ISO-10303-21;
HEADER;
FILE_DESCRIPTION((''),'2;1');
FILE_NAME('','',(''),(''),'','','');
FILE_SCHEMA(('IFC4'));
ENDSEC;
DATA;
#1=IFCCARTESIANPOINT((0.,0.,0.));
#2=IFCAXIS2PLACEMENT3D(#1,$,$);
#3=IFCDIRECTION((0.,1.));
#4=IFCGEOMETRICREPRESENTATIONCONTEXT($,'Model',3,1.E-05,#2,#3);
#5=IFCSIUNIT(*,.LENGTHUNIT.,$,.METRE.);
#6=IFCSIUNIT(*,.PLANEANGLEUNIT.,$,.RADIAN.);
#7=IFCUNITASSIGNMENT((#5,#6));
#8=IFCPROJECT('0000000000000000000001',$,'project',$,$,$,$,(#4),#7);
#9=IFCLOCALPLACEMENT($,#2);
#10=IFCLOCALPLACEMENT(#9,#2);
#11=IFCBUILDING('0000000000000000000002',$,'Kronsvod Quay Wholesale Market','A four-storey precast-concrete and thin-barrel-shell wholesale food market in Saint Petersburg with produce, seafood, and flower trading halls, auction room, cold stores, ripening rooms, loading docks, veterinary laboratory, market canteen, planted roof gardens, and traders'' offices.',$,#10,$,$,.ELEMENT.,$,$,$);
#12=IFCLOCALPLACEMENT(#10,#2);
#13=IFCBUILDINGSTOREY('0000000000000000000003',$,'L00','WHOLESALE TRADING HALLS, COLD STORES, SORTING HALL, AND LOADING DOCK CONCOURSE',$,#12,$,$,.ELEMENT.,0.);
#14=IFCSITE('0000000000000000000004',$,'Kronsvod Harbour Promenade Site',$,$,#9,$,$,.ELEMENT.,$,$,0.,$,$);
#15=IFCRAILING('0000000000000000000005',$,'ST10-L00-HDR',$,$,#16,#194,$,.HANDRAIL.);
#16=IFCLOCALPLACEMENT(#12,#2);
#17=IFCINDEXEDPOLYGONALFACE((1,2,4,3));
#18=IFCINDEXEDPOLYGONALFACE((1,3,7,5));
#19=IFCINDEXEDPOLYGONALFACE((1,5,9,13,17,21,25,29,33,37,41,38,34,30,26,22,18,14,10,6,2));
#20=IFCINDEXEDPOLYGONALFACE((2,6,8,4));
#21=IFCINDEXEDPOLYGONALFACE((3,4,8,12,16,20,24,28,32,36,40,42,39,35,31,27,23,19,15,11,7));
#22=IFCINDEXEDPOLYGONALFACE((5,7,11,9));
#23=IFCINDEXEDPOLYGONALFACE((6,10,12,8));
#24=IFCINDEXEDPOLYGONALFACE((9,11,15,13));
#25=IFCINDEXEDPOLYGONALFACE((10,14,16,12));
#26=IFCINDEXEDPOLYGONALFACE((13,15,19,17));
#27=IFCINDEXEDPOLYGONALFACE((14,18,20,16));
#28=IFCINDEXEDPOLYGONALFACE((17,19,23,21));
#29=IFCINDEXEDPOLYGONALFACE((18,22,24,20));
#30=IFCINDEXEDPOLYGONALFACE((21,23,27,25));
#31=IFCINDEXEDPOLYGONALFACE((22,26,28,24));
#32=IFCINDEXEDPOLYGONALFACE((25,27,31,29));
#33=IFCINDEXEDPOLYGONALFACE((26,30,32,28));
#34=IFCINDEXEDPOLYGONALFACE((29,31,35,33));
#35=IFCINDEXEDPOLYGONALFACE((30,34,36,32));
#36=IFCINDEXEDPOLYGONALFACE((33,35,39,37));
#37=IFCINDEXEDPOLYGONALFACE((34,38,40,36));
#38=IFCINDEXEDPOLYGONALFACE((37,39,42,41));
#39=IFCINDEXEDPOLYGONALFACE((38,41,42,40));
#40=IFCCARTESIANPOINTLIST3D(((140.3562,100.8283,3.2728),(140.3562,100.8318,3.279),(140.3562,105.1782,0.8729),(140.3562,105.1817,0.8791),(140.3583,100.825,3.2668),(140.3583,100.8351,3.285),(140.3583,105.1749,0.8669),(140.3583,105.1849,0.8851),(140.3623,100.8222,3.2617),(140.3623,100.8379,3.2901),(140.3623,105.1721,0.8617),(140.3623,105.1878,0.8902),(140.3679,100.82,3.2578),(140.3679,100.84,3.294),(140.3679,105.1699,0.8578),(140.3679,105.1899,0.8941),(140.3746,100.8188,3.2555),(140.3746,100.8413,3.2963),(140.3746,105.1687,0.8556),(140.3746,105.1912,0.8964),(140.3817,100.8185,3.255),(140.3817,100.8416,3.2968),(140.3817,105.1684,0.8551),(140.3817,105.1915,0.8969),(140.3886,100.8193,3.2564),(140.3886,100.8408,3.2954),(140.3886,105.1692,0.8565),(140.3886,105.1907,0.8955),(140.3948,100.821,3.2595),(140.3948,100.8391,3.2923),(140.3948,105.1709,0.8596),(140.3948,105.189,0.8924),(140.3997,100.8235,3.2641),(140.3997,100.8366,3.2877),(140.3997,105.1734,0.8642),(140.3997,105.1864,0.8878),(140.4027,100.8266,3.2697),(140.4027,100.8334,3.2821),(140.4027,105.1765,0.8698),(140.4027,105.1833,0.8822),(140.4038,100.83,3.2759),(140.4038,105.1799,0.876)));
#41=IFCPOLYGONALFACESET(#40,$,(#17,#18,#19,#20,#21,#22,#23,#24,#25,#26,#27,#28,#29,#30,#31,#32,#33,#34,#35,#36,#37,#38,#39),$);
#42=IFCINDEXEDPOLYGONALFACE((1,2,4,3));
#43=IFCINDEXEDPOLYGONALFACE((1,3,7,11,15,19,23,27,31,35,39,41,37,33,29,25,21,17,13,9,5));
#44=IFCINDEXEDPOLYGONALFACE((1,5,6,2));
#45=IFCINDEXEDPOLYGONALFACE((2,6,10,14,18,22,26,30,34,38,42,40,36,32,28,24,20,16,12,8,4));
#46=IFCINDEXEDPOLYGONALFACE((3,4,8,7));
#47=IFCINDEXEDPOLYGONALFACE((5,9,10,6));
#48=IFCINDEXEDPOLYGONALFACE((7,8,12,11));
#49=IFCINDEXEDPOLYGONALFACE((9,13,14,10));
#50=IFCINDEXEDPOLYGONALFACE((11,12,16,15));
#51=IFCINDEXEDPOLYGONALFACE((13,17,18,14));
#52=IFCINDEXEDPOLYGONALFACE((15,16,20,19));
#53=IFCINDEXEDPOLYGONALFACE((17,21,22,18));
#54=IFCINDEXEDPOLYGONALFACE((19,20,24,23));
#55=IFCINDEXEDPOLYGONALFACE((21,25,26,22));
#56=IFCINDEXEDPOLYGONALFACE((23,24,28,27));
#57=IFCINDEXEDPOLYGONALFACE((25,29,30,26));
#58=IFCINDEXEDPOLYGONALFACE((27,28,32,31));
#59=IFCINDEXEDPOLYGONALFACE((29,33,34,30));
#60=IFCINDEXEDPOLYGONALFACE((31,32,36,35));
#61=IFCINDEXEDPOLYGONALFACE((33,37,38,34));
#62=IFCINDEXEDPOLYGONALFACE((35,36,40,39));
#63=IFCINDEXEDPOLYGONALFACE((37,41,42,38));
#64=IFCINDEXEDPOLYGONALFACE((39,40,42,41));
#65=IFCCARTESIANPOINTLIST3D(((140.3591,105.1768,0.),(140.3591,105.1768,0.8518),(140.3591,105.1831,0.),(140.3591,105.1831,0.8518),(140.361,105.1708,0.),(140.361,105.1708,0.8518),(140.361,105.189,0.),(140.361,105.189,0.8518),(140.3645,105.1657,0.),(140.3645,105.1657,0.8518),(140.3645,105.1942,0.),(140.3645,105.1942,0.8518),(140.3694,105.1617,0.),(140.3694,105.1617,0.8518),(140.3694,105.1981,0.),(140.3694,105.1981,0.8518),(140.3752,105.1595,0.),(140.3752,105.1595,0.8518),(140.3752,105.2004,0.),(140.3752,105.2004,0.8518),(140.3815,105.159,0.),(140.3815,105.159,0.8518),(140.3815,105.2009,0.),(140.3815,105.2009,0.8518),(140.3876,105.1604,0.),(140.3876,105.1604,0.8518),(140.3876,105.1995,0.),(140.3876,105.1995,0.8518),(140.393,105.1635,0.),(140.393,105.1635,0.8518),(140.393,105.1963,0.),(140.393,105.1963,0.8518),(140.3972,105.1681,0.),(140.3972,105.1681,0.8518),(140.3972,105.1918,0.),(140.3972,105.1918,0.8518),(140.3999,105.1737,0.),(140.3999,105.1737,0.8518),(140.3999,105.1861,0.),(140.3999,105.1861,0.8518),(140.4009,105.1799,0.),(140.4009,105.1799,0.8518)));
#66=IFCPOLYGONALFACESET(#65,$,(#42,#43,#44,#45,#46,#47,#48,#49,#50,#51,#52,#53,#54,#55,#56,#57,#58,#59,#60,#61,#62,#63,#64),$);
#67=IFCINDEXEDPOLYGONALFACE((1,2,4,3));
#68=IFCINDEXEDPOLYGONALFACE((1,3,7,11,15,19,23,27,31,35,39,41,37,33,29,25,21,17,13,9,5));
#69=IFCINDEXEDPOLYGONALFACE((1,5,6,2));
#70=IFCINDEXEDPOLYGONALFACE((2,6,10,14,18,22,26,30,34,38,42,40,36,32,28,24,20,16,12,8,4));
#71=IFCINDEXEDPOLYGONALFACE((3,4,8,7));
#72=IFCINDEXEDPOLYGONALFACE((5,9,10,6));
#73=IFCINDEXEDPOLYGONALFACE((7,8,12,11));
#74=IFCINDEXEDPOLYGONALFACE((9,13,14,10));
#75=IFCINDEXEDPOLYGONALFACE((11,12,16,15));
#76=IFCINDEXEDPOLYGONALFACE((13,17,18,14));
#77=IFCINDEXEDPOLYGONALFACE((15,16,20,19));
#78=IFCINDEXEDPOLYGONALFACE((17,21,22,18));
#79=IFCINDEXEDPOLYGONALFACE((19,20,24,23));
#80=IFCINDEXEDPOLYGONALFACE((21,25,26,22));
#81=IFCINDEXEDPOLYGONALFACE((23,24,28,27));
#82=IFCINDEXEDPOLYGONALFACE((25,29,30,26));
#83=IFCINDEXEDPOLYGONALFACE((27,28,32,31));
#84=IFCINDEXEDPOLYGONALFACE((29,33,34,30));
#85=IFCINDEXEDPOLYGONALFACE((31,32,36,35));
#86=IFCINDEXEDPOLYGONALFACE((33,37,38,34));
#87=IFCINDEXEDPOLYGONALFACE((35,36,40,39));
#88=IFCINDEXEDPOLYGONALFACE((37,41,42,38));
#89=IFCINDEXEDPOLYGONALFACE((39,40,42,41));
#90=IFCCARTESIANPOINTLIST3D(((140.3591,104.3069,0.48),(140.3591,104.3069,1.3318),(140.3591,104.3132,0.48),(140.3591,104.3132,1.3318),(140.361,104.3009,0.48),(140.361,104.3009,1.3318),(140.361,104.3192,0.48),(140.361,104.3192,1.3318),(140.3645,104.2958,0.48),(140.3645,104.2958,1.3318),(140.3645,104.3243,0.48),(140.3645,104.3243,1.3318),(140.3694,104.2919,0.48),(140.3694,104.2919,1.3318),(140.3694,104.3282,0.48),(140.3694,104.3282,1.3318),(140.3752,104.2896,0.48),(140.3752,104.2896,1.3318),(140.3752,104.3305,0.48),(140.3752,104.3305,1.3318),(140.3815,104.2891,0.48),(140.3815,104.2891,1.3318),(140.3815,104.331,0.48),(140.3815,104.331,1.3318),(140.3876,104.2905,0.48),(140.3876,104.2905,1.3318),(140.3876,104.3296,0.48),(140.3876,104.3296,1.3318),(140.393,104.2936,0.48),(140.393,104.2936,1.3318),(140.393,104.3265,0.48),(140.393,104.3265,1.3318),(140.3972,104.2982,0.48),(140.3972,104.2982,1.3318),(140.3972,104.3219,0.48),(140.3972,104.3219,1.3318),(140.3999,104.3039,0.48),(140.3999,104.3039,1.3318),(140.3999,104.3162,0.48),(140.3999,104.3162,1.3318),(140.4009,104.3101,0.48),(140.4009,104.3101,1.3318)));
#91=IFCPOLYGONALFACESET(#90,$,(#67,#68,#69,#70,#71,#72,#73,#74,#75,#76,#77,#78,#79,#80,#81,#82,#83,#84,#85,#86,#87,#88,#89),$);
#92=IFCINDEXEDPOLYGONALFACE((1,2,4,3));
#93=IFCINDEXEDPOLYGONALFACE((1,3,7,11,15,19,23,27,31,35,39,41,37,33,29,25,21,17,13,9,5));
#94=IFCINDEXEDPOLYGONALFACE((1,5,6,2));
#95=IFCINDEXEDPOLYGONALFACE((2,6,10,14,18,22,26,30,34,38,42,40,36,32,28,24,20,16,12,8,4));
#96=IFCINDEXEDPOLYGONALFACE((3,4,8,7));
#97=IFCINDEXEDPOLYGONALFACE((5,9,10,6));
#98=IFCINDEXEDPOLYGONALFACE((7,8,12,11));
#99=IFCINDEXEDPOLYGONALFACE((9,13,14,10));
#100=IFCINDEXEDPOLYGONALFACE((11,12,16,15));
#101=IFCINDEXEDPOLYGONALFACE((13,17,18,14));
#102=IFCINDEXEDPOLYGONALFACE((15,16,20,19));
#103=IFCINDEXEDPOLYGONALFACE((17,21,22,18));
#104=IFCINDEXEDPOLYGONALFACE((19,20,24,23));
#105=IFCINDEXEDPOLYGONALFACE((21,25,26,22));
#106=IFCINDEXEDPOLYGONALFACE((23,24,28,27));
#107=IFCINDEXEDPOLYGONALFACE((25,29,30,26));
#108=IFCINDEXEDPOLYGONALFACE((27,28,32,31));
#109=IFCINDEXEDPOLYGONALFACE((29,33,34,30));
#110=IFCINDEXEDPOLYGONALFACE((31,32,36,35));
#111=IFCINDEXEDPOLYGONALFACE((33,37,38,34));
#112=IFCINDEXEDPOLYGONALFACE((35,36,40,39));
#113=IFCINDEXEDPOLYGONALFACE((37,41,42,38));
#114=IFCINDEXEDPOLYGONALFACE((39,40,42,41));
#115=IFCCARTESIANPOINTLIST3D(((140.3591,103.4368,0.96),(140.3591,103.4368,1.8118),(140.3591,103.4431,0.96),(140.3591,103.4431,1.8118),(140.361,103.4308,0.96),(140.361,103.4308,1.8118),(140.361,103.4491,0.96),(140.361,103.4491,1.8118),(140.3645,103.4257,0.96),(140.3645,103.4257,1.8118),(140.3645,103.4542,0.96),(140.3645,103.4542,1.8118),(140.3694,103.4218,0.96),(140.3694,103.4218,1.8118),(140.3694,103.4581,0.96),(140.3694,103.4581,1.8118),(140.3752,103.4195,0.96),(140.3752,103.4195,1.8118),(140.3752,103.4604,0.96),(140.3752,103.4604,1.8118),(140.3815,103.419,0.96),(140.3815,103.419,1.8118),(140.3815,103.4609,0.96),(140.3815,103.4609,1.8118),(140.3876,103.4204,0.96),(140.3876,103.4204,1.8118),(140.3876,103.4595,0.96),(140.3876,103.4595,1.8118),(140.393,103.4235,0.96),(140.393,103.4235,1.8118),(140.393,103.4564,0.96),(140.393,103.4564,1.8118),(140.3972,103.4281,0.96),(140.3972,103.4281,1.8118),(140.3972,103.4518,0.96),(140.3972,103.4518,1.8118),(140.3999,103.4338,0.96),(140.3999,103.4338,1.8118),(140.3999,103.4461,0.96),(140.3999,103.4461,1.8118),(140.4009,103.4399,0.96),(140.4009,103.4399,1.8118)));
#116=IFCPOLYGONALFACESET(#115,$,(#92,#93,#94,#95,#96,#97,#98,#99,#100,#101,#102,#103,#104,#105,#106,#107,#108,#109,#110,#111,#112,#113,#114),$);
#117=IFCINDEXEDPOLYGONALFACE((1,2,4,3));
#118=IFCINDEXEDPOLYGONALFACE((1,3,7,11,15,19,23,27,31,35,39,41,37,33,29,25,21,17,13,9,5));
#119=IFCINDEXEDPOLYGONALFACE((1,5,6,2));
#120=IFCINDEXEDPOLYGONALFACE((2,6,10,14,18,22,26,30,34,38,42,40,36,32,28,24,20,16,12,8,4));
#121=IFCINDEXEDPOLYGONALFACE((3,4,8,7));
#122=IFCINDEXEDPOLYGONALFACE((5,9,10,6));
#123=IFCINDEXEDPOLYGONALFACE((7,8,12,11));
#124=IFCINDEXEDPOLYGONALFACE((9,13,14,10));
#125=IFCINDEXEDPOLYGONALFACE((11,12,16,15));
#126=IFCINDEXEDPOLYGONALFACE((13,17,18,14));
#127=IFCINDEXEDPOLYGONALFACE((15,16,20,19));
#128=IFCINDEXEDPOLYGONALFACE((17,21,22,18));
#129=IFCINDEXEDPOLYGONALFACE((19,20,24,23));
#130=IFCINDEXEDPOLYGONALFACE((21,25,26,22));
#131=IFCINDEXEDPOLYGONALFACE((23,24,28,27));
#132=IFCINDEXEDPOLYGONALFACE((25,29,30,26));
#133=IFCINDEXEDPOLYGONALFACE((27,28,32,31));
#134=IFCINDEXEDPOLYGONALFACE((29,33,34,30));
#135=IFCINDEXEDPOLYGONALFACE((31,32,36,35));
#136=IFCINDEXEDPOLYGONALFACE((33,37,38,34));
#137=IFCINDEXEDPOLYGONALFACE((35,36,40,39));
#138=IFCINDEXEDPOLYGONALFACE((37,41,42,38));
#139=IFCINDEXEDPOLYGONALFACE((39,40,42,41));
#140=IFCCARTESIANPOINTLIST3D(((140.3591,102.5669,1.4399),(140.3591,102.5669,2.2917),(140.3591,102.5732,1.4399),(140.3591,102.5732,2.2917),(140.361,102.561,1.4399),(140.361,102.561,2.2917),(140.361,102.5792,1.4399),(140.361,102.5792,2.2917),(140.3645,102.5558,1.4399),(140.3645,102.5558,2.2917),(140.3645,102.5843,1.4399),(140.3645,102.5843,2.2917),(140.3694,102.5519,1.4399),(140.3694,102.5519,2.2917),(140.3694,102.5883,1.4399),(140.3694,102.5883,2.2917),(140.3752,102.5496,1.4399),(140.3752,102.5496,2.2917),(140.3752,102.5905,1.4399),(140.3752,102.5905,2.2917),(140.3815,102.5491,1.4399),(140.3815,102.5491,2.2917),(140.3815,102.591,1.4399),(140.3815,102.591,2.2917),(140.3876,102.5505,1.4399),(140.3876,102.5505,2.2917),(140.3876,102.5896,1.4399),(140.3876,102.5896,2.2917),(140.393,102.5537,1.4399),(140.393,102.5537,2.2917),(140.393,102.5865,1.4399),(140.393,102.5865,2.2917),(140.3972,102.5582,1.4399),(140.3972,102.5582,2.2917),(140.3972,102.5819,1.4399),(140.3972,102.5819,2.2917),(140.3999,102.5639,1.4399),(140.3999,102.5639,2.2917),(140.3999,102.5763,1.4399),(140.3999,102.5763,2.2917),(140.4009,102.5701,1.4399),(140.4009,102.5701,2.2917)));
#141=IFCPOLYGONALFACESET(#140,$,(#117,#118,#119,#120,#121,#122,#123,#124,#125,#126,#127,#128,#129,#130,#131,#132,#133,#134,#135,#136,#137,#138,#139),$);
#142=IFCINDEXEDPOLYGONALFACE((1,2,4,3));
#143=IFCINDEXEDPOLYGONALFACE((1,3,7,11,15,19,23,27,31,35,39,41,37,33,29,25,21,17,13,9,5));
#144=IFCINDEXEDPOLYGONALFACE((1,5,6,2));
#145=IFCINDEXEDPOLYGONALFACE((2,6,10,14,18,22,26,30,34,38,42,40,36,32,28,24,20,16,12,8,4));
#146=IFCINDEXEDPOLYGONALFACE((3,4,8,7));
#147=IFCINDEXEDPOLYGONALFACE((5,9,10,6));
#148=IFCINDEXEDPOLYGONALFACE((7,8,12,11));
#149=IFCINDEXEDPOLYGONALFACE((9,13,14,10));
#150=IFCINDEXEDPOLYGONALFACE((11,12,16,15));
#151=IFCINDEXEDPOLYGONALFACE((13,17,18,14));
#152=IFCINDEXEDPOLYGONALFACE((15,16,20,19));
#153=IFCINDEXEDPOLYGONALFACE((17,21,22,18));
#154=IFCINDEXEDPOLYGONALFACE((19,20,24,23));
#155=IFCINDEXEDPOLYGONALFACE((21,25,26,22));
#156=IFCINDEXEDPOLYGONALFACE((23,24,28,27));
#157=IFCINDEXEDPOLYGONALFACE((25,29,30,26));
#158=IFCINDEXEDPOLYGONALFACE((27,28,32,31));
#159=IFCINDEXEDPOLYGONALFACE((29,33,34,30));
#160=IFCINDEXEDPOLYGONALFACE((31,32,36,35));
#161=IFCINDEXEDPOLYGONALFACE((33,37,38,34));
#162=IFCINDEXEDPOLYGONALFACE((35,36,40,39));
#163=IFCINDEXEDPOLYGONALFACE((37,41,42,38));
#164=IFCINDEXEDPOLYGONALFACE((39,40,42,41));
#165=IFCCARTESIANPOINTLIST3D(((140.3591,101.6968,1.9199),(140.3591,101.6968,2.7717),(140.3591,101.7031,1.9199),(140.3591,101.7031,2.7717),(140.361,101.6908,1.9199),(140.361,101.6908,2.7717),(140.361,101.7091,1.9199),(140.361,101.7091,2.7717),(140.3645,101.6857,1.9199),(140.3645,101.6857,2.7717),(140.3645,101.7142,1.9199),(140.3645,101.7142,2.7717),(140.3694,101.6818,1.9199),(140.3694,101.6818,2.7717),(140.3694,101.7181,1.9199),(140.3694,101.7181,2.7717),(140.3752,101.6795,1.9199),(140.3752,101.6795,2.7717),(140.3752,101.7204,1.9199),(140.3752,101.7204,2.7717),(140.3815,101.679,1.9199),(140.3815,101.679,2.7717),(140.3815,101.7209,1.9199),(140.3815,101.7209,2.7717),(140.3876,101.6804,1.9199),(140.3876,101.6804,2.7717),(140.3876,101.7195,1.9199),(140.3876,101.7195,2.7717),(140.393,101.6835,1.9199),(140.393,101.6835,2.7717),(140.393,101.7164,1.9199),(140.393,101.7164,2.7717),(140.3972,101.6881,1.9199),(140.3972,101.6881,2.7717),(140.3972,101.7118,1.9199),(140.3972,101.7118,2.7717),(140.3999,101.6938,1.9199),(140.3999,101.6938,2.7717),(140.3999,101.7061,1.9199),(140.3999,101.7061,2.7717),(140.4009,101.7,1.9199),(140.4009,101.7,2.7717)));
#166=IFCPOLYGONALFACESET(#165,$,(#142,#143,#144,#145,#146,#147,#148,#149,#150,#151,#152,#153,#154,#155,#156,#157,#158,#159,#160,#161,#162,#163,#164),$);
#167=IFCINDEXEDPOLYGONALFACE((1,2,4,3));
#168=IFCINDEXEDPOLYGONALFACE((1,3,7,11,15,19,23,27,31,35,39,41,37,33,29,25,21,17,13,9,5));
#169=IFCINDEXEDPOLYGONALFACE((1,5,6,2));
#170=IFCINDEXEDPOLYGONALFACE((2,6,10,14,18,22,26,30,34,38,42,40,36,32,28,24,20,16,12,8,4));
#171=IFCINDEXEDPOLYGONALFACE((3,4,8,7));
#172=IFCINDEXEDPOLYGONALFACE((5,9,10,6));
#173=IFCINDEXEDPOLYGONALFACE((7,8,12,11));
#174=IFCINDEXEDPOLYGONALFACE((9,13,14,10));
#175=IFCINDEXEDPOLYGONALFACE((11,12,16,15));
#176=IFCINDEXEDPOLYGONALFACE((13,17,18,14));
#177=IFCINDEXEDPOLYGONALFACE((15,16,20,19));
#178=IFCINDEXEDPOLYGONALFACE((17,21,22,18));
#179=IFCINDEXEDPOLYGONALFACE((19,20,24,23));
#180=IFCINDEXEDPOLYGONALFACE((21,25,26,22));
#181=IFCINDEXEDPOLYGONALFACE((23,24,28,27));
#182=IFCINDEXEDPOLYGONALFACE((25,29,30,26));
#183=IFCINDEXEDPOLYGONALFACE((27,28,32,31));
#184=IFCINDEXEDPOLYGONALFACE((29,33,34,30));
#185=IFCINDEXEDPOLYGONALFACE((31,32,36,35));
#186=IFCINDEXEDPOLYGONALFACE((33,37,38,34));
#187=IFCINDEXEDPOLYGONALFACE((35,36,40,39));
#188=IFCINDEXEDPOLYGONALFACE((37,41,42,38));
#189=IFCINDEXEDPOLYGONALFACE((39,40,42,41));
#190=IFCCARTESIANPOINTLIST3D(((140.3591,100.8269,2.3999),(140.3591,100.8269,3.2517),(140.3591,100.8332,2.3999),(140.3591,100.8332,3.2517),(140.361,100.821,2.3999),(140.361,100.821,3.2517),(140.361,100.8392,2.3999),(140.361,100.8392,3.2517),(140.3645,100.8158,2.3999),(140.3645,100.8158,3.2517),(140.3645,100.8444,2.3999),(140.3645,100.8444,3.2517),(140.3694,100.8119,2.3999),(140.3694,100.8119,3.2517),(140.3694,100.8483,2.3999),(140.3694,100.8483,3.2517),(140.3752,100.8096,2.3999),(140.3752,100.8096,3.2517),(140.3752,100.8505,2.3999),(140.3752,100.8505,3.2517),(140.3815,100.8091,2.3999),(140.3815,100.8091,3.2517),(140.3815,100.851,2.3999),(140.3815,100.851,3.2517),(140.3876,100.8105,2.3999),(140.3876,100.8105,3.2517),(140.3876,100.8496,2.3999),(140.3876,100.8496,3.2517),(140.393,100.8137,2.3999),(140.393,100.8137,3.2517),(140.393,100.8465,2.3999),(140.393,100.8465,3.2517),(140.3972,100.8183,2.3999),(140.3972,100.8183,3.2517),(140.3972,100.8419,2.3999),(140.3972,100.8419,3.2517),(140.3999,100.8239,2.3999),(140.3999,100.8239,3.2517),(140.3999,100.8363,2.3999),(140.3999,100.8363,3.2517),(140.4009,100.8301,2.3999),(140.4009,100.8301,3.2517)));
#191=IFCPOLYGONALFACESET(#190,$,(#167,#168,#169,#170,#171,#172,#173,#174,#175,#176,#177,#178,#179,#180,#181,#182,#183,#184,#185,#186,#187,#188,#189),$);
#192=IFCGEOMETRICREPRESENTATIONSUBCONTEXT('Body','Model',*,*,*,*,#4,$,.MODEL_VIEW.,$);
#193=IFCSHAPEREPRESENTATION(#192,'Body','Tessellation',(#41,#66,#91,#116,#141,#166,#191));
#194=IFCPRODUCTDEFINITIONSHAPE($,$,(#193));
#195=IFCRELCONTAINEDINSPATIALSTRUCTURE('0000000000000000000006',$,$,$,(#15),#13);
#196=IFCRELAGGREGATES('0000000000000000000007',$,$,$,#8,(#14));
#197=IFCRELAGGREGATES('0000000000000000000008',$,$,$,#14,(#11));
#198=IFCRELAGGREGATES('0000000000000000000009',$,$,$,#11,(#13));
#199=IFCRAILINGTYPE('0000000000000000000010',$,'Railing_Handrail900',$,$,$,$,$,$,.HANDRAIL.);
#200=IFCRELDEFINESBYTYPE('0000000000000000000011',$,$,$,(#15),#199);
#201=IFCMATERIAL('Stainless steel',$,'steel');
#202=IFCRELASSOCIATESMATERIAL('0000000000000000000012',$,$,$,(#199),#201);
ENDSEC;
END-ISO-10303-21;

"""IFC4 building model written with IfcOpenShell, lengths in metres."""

from ifc_helpers import new_model, si_unit, direction, frame, origin, origin_2d, place, context, subcontext, project, spatial, circle, extrude, material, type_object, element, save


model = new_model("IFC4")

# Units and contexts
model_context = context("Model", 3, precision=1e-05, world=origin(), true_north=direction((0.0, 1.0)))
body_context = subcontext(model_context, "Body", "Model", "MODEL_VIEW")
ifc_project = project(units=[si_unit("LENGTHUNIT", "METRE"), si_unit("PLANEANGLEUNIT", "RADIAN")], contexts=[model_context])

# Site, building, storey
site_placement = place(None, origin())
site = spatial("IfcSite", under=ifc_project, at=site_placement, Name="Kronsvod Harbour Promenade Site", CompositionType="ELEMENT", RefElevation=0.0)
building_placement = place(site_placement, origin())
building = spatial("IfcBuilding", under=site, at=building_placement, Name="Kronsvod Quay Wholesale Market", Description="A four-storey precast-concrete and thin-barrel-shell wholesale food market in Saint Petersburg with produce, seafood, and flower trading halls, auction room, cold stores, ripening rooms, loading docks, veterinary laboratory, market canteen, planted roof gardens, and traders' offices.", CompositionType="ELEMENT")
storey_placement = place(building_placement, origin())
storey = spatial("IfcBuildingStorey", under=building, at=storey_placement, Name="L00", Description="WHOLESALE TRADING HALLS, COLD STORES, SORTING HALL, AND LOADING DOCK CONCOURSE", CompositionType="ELEMENT", Elevation=0.0)

# Railing
ifc_material_1 = material(Name="Stainless steel", Category="steel")
railing_type_1 = type_object("IfcRailingType", Name="Railing_Handrail900", PredefinedType="HANDRAIL", material=ifc_material_1)
railing_1_placement = place(storey_placement, frame((140.3799, 105.1799, 0.0)))
element("IfcRailing", 1, at=railing_1_placement, inside=storey, type_object=railing_type_1, Name="ST10-L00-HDR", PredefinedType="HANDRAIL", context=body_context, shape_type="SweptSolid", body=[
    extrude(circle(Radius=0.0239, at=origin_2d()), frame((0.0, 0.0, 0.876), z_axis=(0.0, -0.875579, 0.483075), x_axis=(1.0, 0.0, 0.0)), (0.0, 0.0, 1.0), 4.968),
    extrude(circle(Radius=0.021, at=origin_2d()), origin(), (0.0, 0.0, 1.0), 0.8518),
    extrude(circle(Radius=0.021, at=origin_2d()), frame((0.0, -0.8699, 0.48)), (0.0, 0.0, 1.0), 0.8518),
    extrude(circle(Radius=0.021, at=origin_2d()), frame((0.0, -1.74, 0.96)), (0.0, 0.0, 1.0), 0.8518),
    extrude(circle(Radius=0.021, at=origin_2d()), frame((0.0, -2.6099, 1.4399)), (0.0, 0.0, 1.0), 0.8518),
    extrude(circle(Radius=0.021, at=origin_2d()), frame((0.0, -3.48, 1.9199)), (0.0, 0.0, 1.0), 0.8518),
    extrude(circle(Radius=0.021, at=origin_2d()), frame((0.0, -4.3499, 2.3999)), (0.0, 0.0, 1.0), 0.8518),
])

save(model, "model.ifc")
